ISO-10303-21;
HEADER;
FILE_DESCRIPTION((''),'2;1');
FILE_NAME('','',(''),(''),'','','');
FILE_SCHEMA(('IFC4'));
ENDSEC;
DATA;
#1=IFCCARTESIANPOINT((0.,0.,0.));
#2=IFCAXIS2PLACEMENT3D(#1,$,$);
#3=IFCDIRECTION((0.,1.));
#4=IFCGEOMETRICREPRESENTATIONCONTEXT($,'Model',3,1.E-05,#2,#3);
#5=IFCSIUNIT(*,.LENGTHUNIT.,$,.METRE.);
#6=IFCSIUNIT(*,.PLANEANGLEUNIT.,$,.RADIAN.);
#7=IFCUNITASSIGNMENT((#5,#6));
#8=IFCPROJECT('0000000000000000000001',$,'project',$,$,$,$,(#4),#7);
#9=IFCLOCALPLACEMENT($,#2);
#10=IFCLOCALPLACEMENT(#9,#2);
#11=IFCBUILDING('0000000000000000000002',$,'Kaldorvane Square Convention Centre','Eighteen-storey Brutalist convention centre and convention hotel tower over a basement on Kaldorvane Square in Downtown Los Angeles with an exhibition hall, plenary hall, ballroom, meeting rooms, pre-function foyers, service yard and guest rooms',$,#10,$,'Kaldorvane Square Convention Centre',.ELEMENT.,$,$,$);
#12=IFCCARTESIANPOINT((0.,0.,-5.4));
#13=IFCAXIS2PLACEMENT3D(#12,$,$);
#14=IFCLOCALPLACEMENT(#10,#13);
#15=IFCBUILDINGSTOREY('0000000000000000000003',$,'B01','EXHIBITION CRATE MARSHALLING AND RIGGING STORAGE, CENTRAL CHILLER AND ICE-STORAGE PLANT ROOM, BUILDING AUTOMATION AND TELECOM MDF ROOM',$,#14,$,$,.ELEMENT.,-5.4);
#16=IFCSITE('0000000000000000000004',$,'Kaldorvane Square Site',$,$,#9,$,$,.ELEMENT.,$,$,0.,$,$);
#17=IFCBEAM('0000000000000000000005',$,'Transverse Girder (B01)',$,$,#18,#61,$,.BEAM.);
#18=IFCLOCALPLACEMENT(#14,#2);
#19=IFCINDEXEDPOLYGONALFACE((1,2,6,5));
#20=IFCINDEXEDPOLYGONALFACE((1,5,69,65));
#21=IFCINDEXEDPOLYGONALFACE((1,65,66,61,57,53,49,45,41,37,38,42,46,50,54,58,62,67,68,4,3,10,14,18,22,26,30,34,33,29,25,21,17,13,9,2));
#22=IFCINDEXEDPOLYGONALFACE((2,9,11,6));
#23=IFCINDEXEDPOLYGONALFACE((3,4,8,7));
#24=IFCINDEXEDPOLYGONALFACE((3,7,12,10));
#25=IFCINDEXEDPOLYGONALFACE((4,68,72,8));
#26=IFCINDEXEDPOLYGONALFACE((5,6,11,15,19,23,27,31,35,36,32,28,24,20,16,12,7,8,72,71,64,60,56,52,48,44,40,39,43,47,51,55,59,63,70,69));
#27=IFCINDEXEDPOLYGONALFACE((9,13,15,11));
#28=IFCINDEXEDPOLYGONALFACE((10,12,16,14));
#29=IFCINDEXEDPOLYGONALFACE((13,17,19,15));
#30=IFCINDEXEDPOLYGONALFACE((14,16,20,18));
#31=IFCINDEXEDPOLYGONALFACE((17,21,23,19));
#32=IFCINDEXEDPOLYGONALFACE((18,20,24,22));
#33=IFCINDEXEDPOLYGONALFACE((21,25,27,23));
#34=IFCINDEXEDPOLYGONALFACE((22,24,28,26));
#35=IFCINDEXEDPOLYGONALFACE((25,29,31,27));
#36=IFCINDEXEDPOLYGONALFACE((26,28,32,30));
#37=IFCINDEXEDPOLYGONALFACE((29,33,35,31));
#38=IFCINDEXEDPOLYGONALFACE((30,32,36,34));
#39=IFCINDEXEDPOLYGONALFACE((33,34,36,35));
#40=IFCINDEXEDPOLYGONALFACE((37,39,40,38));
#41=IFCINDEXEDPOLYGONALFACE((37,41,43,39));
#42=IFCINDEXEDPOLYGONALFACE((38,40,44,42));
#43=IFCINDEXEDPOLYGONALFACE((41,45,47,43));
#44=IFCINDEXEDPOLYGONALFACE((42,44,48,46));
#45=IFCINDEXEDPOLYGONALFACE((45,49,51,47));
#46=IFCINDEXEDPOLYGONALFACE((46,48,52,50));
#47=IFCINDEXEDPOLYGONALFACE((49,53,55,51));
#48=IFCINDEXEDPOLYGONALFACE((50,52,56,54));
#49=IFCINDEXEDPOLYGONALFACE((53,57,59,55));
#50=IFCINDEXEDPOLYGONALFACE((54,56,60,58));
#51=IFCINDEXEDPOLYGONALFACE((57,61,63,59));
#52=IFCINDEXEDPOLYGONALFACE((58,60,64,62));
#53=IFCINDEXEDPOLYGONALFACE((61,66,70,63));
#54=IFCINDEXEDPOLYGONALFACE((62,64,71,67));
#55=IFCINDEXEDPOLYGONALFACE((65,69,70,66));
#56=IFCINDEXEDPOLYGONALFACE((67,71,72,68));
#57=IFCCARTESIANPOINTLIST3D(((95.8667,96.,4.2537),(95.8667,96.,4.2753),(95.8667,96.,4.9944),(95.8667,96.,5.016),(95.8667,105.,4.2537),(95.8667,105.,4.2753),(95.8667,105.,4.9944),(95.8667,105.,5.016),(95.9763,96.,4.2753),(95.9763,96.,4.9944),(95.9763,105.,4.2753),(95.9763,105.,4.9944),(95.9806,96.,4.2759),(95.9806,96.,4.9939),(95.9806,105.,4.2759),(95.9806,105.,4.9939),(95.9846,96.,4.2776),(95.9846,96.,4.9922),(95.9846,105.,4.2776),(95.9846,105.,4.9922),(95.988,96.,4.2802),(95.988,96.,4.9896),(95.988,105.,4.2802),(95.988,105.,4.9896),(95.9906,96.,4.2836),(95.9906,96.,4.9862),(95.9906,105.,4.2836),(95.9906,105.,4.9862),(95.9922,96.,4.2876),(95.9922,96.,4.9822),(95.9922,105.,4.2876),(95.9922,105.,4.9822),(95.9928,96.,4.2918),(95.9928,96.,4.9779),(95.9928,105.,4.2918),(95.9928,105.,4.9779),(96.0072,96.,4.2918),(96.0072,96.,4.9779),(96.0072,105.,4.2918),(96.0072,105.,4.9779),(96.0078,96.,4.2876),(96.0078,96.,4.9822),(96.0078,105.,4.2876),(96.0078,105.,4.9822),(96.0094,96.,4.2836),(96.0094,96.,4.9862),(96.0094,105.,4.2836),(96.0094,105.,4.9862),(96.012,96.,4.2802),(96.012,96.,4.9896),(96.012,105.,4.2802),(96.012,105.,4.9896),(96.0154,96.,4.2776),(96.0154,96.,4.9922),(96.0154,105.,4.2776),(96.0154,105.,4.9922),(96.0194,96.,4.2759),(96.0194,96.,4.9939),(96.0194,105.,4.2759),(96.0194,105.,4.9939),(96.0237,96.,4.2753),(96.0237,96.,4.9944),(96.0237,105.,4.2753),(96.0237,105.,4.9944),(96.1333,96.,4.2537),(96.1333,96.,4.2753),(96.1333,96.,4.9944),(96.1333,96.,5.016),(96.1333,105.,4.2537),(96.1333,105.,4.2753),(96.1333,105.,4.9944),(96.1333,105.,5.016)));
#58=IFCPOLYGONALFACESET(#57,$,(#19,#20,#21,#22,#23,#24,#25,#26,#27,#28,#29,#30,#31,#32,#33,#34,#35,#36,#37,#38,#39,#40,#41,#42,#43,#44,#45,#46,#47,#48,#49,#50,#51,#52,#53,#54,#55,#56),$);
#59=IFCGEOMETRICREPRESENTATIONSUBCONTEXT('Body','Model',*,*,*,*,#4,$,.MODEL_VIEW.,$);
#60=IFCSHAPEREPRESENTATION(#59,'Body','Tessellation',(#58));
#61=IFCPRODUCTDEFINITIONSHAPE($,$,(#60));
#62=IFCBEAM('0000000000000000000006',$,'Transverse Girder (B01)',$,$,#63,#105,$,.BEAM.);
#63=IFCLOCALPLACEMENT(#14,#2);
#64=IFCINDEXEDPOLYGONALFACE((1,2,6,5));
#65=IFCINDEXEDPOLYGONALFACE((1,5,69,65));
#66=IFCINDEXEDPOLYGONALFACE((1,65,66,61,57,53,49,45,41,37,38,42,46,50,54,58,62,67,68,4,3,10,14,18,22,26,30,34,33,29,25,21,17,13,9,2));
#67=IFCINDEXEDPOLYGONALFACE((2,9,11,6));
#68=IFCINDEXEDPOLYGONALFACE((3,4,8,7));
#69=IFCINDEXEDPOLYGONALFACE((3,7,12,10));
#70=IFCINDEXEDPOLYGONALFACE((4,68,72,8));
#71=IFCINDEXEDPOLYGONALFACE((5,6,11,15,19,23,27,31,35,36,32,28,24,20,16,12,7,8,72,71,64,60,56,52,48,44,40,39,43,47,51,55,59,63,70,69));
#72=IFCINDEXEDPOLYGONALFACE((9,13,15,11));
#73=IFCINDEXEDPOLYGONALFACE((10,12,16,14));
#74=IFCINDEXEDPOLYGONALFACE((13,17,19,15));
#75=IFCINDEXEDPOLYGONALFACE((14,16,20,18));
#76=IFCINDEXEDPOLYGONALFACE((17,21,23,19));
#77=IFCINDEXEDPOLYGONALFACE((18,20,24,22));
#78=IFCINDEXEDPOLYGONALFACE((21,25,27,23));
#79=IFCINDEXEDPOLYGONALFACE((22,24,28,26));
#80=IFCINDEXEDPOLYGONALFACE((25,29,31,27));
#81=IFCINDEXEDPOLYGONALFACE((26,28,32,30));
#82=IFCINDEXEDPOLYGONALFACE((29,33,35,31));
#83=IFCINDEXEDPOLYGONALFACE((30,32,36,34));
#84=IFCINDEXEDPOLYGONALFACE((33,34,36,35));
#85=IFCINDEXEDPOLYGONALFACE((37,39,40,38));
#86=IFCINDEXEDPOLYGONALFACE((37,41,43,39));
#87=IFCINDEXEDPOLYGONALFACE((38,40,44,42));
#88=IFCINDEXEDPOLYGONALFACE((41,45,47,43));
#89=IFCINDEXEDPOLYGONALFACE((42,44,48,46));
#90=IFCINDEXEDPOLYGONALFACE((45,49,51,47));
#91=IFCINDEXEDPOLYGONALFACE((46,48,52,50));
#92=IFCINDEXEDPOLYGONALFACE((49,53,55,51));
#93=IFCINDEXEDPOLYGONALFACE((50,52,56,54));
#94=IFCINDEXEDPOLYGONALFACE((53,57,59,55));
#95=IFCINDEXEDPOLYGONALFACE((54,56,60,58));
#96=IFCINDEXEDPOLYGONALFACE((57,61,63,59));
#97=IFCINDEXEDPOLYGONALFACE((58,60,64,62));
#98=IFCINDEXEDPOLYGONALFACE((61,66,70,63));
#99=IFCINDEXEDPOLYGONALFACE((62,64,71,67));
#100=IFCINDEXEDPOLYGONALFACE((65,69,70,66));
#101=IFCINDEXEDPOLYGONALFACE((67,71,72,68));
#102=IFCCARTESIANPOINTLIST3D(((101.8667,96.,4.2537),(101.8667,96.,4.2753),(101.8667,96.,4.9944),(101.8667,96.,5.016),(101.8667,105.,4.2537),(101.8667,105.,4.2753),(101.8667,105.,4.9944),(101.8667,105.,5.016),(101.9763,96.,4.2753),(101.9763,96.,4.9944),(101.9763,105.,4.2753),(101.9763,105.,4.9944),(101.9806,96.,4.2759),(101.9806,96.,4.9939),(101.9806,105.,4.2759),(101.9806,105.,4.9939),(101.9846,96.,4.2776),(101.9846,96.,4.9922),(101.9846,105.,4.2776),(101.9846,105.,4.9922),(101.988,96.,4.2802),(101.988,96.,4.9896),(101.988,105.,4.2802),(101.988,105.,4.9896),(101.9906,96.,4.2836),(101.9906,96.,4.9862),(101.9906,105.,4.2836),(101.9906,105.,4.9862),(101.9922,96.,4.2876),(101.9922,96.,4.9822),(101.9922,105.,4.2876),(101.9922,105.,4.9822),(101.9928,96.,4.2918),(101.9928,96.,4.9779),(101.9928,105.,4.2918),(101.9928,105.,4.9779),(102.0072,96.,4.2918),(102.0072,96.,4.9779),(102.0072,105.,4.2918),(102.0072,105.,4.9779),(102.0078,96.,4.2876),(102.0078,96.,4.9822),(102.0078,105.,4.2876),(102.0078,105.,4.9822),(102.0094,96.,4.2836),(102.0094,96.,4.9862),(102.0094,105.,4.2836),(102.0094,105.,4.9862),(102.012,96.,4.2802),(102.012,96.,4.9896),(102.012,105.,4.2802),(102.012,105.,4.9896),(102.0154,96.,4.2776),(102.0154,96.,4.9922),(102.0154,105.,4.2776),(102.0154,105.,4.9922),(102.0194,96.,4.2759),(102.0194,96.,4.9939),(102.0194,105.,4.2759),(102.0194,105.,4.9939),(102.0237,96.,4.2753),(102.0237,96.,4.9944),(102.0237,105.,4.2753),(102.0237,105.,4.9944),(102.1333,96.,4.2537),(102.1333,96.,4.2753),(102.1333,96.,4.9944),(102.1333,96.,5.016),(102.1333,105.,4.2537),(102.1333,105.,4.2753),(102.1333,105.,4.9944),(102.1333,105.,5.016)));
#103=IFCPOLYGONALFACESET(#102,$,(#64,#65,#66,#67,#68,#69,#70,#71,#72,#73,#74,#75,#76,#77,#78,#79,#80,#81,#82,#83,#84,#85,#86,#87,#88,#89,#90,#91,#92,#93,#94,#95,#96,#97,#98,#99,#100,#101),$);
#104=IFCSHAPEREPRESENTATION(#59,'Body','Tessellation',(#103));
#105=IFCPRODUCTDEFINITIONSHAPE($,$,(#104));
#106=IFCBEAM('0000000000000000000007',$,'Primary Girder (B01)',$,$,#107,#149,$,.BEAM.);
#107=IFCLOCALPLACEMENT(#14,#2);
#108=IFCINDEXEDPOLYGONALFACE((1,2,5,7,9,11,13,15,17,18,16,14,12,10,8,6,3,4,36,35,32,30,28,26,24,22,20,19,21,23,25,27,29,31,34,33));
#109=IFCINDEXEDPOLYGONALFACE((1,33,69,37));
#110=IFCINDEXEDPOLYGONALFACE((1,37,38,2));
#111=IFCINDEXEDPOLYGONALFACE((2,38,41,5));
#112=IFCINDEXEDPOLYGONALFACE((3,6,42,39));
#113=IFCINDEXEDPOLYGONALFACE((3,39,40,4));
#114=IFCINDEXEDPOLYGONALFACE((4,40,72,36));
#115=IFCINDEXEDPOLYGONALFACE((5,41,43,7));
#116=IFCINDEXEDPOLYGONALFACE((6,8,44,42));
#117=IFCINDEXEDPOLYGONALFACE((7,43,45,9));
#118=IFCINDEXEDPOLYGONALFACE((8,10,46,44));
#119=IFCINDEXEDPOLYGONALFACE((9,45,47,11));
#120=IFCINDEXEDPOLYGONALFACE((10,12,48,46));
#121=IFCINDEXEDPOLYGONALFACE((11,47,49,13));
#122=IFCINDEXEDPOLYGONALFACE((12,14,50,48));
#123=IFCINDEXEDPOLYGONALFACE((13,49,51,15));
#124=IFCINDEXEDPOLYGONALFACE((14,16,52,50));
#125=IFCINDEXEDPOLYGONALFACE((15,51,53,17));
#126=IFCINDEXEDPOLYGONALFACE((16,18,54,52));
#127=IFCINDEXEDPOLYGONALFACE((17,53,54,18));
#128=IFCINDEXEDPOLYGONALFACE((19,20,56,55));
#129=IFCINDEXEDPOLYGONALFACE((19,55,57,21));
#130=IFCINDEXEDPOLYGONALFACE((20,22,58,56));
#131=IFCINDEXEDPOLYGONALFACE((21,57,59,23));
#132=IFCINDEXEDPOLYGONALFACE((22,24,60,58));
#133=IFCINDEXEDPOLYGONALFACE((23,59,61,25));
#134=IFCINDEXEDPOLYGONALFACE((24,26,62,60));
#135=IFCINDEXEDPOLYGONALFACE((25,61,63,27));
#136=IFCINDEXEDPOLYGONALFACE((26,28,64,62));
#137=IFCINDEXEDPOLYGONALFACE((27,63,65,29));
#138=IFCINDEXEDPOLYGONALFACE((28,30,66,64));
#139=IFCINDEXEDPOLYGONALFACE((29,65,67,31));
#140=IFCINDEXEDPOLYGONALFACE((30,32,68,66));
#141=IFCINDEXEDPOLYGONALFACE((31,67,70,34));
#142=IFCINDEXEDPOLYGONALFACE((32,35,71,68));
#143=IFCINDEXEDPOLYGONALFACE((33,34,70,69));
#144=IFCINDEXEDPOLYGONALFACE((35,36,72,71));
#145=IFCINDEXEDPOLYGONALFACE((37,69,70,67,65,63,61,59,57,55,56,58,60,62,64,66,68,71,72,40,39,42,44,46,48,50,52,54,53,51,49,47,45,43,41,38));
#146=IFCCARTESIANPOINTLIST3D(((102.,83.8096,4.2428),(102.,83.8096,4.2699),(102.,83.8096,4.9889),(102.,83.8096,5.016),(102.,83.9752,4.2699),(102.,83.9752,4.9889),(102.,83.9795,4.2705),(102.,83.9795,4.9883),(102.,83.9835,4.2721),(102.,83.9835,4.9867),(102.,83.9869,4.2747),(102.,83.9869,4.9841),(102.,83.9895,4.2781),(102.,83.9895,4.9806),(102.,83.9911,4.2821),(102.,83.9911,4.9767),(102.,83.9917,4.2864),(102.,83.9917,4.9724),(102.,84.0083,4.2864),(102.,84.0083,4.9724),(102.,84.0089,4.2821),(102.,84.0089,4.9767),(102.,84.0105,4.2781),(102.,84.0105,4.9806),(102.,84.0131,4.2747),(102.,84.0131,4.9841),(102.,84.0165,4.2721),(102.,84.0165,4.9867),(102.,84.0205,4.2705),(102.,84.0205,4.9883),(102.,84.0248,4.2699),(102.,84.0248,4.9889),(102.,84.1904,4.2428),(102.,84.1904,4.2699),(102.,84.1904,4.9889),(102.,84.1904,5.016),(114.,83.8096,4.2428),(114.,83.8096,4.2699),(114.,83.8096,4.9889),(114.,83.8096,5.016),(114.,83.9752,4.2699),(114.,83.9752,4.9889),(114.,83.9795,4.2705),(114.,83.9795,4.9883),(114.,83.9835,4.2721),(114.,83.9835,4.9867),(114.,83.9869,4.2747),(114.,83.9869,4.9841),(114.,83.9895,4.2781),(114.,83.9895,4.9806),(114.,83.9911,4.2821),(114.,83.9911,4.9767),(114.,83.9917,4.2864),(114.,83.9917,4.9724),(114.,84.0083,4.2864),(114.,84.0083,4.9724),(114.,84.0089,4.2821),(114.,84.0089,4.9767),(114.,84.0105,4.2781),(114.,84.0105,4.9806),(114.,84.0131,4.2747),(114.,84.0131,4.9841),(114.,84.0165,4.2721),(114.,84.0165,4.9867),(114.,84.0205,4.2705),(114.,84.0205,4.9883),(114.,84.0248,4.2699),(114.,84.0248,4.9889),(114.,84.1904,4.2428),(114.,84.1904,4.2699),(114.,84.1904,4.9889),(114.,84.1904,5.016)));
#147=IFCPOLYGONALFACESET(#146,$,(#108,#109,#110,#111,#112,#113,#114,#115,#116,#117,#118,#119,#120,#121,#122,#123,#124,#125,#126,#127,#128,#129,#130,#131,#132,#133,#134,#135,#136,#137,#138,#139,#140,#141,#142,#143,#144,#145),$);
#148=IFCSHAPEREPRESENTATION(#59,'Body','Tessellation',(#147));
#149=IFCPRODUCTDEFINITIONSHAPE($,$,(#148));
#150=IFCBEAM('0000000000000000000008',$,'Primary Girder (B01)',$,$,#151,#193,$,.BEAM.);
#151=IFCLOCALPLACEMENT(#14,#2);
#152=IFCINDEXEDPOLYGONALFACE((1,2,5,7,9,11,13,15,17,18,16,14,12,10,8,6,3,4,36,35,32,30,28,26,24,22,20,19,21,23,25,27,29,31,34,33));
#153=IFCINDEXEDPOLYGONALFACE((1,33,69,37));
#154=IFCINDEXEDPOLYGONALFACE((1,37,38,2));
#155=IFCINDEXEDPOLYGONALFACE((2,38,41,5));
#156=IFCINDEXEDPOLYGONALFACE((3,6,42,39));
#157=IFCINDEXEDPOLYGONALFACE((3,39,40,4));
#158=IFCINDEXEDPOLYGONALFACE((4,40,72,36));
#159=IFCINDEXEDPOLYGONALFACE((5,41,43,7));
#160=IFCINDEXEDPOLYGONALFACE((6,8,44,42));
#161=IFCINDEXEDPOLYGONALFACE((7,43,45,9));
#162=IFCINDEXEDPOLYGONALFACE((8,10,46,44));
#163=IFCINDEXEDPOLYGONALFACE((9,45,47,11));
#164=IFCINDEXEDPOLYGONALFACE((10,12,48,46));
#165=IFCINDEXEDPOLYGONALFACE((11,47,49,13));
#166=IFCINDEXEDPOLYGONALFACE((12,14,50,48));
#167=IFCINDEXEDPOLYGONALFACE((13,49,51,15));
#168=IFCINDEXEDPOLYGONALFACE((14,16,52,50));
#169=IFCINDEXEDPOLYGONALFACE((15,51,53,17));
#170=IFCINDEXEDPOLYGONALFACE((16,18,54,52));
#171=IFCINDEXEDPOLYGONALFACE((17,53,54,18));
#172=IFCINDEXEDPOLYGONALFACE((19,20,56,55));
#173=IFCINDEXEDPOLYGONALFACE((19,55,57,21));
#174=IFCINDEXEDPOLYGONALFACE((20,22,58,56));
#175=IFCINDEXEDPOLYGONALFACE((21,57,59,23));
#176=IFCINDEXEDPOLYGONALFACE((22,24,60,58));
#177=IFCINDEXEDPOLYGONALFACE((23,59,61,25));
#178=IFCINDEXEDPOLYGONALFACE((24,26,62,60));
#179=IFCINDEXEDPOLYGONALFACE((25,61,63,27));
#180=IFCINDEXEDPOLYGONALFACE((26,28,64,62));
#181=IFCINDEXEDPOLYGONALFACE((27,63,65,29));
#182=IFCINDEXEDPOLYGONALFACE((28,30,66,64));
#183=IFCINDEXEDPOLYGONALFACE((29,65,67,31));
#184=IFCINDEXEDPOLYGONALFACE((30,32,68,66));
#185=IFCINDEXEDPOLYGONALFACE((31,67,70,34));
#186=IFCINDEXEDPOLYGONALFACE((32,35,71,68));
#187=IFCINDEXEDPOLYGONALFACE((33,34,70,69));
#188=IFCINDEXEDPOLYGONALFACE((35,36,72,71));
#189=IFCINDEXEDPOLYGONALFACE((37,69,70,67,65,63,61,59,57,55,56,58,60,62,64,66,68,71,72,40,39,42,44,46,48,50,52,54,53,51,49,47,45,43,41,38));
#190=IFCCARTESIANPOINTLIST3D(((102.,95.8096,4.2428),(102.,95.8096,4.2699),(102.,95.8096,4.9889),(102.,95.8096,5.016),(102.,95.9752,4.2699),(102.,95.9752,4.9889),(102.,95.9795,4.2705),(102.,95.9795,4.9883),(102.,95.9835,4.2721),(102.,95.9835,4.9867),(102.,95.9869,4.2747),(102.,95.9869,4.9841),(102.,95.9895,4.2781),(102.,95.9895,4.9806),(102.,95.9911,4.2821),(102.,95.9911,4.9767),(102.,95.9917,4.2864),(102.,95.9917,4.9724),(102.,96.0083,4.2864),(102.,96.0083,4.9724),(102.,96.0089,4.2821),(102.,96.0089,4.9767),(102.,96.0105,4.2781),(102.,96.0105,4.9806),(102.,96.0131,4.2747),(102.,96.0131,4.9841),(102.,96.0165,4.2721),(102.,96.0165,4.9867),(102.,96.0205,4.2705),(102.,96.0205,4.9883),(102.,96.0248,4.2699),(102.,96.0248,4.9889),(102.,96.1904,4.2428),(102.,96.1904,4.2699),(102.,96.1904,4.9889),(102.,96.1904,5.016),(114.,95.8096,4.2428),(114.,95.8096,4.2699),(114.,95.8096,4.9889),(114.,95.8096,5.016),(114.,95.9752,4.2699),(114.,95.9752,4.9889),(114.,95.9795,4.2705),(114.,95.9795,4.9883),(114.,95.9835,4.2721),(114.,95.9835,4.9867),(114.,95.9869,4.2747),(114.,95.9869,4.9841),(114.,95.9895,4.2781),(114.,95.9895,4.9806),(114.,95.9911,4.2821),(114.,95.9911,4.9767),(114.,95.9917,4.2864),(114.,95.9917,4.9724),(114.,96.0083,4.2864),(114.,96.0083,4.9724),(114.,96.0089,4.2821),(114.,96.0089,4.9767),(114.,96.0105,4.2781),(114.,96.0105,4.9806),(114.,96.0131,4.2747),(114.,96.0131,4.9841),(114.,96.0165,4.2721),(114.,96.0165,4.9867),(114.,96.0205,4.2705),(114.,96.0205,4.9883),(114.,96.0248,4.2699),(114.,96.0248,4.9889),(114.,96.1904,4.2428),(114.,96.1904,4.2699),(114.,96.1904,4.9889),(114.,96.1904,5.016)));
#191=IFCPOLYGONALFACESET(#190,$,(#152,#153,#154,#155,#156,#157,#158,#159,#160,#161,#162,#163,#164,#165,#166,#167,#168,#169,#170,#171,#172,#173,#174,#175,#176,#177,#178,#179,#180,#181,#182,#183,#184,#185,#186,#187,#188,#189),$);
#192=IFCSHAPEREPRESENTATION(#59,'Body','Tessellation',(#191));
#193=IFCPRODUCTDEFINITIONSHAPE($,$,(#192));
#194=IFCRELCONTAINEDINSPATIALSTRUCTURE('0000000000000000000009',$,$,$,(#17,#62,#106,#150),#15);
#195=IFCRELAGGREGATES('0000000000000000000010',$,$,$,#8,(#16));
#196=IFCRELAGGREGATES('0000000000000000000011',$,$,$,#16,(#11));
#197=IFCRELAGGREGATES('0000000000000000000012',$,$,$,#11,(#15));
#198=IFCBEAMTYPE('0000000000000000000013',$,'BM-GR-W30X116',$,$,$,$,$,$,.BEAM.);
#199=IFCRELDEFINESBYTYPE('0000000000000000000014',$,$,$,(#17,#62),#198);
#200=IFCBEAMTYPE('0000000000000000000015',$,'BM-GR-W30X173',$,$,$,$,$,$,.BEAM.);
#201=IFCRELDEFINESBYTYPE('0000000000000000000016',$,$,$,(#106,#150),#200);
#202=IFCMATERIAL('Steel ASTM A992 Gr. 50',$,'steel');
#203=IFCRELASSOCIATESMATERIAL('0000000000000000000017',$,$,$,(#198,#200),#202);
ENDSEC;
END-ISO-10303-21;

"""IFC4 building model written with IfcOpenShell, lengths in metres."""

from ifc_helpers import new_model, si_unit, direction, frame, origin, origin_2d, place, context, subcontext, project, spatial, i_section, extrude, material, material_profile, profile_set, type_object, element, save


model = new_model("IFC4")

# Units and contexts
model_context = context("Model", 3, precision=1e-05, world=origin(), true_north=direction((0.0, 1.0)))
body_context = subcontext(model_context, "Body", "Model", "MODEL_VIEW")
ifc_project = project(units=[si_unit("LENGTHUNIT", "METRE"), si_unit("PLANEANGLEUNIT", "RADIAN")], contexts=[model_context])

# Site, building, storey
site_placement = place(None, origin())
site = spatial("IfcSite", under=ifc_project, at=site_placement, Name="Kaldorvane Square Site", CompositionType="ELEMENT", RefElevation=0.0)
building_placement = place(site_placement, origin())
building = spatial("IfcBuilding", under=site, at=building_placement, Name="Kaldorvane Square Convention Centre", Description="Eighteen-storey Brutalist convention centre and convention hotel tower over a basement on Kaldorvane Square in Downtown Los Angeles with an exhibition hall, plenary hall, ballroom, meeting rooms, pre-function foyers, service yard and guest rooms", LongName="Kaldorvane Square Convention Centre", CompositionType="ELEMENT")
storey_placement = place(building_placement, frame((0.0, 0.0, -5.4)))
storey = spatial("IfcBuildingStorey", under=building, at=storey_placement, Name="B01", Description="EXHIBITION CRATE MARSHALLING AND RIGGING STORAGE, CENTRAL CHILLER AND ICE-STORAGE PLANT ROOM, BUILDING AUTOMATION AND TELECOM MDF ROOM", CompositionType="ELEMENT", Elevation=-5.4)

# Shared definitions
ifc_material_1 = material(Name="Steel ASTM A992 Gr. 50", Category="steel")

# Beams
ifc_material_profile_1 = material_profile(ifc_material_1, i_section(OverallWidth=0.2666, OverallDepth=0.7623, WebThickness=0.0144, FlangeThickness=0.0216, FilletRadius=0.0165, at=origin_2d()), Name="W30X116")
ifc_profile_set_1 = profile_set([ifc_material_profile_1], Name="Steel ASTM A992 Gr. 50")
beam_type_1 = type_object("IfcBeamType", Name="BM-GR-W30X116", PredefinedType="BEAM", material=ifc_profile_set_1)
for number, where, z_axis, x_axis, name in (
    (1, (96.0, 96.0, 4.6349), (0.0, 1.0, 0.0), (-1.0, 0.0, 0.0), "Transverse Girder (B01)"),
    (2, (102.0, 96.0, 4.6349), (0.0, 1.0, 0.0), (-1.0, 0.0, 0.0), "Transverse Girder (B01)"),
):
    element("IfcBeam", number, at=place(storey_placement, frame(where, z_axis=z_axis, x_axis=x_axis)), inside=storey, type_object=beam_type_1, Name=name, PredefinedType="BEAM", context=body_context, shape_type="SweptSolid", body=[
        extrude(i_section(OverallWidth=0.2666, OverallDepth=0.7623, WebThickness=0.0144, FlangeThickness=0.0216, FilletRadius=0.0165, at=origin_2d()), origin(), (0.0, 0.0, 1.0), 9.0),
    ])
ifc_material_profile_2 = material_profile(ifc_material_1, i_section(OverallWidth=0.3807, OverallDepth=0.7732, WebThickness=0.0166, FlangeThickness=0.0271, FilletRadius=0.0165, at=origin_2d()), Name="W30X173")
ifc_profile_set_2 = profile_set([ifc_material_profile_2], Name="Steel ASTM A992 Gr. 50")
beam_type_2 = type_object("IfcBeamType", Name="BM-GR-W30X173", PredefinedType="BEAM", material=ifc_profile_set_2)
for number, where, z_axis, x_axis, name in (
    (3, (102.0, 84.0, 4.6294), (1.0, 0.0, 0.0), (0.0, 1.0, 0.0), "Primary Girder (B01)"),
    (4, (102.0, 96.0, 4.6294), (1.0, 0.0, 0.0), (0.0, 1.0, 0.0), "Primary Girder (B01)"),
):
    element("IfcBeam", number, at=place(storey_placement, frame(where, z_axis=z_axis, x_axis=x_axis)), inside=storey, type_object=beam_type_2, Name=name, PredefinedType="BEAM", context=body_context, shape_type="SweptSolid", body=[
        extrude(i_section(OverallWidth=0.3807, OverallDepth=0.7732, WebThickness=0.0166, FlangeThickness=0.0271, FilletRadius=0.0165, at=origin_2d()), origin(), (0.0, 0.0, 1.0), 12.0),
    ])

save(model, "model.ifc")
